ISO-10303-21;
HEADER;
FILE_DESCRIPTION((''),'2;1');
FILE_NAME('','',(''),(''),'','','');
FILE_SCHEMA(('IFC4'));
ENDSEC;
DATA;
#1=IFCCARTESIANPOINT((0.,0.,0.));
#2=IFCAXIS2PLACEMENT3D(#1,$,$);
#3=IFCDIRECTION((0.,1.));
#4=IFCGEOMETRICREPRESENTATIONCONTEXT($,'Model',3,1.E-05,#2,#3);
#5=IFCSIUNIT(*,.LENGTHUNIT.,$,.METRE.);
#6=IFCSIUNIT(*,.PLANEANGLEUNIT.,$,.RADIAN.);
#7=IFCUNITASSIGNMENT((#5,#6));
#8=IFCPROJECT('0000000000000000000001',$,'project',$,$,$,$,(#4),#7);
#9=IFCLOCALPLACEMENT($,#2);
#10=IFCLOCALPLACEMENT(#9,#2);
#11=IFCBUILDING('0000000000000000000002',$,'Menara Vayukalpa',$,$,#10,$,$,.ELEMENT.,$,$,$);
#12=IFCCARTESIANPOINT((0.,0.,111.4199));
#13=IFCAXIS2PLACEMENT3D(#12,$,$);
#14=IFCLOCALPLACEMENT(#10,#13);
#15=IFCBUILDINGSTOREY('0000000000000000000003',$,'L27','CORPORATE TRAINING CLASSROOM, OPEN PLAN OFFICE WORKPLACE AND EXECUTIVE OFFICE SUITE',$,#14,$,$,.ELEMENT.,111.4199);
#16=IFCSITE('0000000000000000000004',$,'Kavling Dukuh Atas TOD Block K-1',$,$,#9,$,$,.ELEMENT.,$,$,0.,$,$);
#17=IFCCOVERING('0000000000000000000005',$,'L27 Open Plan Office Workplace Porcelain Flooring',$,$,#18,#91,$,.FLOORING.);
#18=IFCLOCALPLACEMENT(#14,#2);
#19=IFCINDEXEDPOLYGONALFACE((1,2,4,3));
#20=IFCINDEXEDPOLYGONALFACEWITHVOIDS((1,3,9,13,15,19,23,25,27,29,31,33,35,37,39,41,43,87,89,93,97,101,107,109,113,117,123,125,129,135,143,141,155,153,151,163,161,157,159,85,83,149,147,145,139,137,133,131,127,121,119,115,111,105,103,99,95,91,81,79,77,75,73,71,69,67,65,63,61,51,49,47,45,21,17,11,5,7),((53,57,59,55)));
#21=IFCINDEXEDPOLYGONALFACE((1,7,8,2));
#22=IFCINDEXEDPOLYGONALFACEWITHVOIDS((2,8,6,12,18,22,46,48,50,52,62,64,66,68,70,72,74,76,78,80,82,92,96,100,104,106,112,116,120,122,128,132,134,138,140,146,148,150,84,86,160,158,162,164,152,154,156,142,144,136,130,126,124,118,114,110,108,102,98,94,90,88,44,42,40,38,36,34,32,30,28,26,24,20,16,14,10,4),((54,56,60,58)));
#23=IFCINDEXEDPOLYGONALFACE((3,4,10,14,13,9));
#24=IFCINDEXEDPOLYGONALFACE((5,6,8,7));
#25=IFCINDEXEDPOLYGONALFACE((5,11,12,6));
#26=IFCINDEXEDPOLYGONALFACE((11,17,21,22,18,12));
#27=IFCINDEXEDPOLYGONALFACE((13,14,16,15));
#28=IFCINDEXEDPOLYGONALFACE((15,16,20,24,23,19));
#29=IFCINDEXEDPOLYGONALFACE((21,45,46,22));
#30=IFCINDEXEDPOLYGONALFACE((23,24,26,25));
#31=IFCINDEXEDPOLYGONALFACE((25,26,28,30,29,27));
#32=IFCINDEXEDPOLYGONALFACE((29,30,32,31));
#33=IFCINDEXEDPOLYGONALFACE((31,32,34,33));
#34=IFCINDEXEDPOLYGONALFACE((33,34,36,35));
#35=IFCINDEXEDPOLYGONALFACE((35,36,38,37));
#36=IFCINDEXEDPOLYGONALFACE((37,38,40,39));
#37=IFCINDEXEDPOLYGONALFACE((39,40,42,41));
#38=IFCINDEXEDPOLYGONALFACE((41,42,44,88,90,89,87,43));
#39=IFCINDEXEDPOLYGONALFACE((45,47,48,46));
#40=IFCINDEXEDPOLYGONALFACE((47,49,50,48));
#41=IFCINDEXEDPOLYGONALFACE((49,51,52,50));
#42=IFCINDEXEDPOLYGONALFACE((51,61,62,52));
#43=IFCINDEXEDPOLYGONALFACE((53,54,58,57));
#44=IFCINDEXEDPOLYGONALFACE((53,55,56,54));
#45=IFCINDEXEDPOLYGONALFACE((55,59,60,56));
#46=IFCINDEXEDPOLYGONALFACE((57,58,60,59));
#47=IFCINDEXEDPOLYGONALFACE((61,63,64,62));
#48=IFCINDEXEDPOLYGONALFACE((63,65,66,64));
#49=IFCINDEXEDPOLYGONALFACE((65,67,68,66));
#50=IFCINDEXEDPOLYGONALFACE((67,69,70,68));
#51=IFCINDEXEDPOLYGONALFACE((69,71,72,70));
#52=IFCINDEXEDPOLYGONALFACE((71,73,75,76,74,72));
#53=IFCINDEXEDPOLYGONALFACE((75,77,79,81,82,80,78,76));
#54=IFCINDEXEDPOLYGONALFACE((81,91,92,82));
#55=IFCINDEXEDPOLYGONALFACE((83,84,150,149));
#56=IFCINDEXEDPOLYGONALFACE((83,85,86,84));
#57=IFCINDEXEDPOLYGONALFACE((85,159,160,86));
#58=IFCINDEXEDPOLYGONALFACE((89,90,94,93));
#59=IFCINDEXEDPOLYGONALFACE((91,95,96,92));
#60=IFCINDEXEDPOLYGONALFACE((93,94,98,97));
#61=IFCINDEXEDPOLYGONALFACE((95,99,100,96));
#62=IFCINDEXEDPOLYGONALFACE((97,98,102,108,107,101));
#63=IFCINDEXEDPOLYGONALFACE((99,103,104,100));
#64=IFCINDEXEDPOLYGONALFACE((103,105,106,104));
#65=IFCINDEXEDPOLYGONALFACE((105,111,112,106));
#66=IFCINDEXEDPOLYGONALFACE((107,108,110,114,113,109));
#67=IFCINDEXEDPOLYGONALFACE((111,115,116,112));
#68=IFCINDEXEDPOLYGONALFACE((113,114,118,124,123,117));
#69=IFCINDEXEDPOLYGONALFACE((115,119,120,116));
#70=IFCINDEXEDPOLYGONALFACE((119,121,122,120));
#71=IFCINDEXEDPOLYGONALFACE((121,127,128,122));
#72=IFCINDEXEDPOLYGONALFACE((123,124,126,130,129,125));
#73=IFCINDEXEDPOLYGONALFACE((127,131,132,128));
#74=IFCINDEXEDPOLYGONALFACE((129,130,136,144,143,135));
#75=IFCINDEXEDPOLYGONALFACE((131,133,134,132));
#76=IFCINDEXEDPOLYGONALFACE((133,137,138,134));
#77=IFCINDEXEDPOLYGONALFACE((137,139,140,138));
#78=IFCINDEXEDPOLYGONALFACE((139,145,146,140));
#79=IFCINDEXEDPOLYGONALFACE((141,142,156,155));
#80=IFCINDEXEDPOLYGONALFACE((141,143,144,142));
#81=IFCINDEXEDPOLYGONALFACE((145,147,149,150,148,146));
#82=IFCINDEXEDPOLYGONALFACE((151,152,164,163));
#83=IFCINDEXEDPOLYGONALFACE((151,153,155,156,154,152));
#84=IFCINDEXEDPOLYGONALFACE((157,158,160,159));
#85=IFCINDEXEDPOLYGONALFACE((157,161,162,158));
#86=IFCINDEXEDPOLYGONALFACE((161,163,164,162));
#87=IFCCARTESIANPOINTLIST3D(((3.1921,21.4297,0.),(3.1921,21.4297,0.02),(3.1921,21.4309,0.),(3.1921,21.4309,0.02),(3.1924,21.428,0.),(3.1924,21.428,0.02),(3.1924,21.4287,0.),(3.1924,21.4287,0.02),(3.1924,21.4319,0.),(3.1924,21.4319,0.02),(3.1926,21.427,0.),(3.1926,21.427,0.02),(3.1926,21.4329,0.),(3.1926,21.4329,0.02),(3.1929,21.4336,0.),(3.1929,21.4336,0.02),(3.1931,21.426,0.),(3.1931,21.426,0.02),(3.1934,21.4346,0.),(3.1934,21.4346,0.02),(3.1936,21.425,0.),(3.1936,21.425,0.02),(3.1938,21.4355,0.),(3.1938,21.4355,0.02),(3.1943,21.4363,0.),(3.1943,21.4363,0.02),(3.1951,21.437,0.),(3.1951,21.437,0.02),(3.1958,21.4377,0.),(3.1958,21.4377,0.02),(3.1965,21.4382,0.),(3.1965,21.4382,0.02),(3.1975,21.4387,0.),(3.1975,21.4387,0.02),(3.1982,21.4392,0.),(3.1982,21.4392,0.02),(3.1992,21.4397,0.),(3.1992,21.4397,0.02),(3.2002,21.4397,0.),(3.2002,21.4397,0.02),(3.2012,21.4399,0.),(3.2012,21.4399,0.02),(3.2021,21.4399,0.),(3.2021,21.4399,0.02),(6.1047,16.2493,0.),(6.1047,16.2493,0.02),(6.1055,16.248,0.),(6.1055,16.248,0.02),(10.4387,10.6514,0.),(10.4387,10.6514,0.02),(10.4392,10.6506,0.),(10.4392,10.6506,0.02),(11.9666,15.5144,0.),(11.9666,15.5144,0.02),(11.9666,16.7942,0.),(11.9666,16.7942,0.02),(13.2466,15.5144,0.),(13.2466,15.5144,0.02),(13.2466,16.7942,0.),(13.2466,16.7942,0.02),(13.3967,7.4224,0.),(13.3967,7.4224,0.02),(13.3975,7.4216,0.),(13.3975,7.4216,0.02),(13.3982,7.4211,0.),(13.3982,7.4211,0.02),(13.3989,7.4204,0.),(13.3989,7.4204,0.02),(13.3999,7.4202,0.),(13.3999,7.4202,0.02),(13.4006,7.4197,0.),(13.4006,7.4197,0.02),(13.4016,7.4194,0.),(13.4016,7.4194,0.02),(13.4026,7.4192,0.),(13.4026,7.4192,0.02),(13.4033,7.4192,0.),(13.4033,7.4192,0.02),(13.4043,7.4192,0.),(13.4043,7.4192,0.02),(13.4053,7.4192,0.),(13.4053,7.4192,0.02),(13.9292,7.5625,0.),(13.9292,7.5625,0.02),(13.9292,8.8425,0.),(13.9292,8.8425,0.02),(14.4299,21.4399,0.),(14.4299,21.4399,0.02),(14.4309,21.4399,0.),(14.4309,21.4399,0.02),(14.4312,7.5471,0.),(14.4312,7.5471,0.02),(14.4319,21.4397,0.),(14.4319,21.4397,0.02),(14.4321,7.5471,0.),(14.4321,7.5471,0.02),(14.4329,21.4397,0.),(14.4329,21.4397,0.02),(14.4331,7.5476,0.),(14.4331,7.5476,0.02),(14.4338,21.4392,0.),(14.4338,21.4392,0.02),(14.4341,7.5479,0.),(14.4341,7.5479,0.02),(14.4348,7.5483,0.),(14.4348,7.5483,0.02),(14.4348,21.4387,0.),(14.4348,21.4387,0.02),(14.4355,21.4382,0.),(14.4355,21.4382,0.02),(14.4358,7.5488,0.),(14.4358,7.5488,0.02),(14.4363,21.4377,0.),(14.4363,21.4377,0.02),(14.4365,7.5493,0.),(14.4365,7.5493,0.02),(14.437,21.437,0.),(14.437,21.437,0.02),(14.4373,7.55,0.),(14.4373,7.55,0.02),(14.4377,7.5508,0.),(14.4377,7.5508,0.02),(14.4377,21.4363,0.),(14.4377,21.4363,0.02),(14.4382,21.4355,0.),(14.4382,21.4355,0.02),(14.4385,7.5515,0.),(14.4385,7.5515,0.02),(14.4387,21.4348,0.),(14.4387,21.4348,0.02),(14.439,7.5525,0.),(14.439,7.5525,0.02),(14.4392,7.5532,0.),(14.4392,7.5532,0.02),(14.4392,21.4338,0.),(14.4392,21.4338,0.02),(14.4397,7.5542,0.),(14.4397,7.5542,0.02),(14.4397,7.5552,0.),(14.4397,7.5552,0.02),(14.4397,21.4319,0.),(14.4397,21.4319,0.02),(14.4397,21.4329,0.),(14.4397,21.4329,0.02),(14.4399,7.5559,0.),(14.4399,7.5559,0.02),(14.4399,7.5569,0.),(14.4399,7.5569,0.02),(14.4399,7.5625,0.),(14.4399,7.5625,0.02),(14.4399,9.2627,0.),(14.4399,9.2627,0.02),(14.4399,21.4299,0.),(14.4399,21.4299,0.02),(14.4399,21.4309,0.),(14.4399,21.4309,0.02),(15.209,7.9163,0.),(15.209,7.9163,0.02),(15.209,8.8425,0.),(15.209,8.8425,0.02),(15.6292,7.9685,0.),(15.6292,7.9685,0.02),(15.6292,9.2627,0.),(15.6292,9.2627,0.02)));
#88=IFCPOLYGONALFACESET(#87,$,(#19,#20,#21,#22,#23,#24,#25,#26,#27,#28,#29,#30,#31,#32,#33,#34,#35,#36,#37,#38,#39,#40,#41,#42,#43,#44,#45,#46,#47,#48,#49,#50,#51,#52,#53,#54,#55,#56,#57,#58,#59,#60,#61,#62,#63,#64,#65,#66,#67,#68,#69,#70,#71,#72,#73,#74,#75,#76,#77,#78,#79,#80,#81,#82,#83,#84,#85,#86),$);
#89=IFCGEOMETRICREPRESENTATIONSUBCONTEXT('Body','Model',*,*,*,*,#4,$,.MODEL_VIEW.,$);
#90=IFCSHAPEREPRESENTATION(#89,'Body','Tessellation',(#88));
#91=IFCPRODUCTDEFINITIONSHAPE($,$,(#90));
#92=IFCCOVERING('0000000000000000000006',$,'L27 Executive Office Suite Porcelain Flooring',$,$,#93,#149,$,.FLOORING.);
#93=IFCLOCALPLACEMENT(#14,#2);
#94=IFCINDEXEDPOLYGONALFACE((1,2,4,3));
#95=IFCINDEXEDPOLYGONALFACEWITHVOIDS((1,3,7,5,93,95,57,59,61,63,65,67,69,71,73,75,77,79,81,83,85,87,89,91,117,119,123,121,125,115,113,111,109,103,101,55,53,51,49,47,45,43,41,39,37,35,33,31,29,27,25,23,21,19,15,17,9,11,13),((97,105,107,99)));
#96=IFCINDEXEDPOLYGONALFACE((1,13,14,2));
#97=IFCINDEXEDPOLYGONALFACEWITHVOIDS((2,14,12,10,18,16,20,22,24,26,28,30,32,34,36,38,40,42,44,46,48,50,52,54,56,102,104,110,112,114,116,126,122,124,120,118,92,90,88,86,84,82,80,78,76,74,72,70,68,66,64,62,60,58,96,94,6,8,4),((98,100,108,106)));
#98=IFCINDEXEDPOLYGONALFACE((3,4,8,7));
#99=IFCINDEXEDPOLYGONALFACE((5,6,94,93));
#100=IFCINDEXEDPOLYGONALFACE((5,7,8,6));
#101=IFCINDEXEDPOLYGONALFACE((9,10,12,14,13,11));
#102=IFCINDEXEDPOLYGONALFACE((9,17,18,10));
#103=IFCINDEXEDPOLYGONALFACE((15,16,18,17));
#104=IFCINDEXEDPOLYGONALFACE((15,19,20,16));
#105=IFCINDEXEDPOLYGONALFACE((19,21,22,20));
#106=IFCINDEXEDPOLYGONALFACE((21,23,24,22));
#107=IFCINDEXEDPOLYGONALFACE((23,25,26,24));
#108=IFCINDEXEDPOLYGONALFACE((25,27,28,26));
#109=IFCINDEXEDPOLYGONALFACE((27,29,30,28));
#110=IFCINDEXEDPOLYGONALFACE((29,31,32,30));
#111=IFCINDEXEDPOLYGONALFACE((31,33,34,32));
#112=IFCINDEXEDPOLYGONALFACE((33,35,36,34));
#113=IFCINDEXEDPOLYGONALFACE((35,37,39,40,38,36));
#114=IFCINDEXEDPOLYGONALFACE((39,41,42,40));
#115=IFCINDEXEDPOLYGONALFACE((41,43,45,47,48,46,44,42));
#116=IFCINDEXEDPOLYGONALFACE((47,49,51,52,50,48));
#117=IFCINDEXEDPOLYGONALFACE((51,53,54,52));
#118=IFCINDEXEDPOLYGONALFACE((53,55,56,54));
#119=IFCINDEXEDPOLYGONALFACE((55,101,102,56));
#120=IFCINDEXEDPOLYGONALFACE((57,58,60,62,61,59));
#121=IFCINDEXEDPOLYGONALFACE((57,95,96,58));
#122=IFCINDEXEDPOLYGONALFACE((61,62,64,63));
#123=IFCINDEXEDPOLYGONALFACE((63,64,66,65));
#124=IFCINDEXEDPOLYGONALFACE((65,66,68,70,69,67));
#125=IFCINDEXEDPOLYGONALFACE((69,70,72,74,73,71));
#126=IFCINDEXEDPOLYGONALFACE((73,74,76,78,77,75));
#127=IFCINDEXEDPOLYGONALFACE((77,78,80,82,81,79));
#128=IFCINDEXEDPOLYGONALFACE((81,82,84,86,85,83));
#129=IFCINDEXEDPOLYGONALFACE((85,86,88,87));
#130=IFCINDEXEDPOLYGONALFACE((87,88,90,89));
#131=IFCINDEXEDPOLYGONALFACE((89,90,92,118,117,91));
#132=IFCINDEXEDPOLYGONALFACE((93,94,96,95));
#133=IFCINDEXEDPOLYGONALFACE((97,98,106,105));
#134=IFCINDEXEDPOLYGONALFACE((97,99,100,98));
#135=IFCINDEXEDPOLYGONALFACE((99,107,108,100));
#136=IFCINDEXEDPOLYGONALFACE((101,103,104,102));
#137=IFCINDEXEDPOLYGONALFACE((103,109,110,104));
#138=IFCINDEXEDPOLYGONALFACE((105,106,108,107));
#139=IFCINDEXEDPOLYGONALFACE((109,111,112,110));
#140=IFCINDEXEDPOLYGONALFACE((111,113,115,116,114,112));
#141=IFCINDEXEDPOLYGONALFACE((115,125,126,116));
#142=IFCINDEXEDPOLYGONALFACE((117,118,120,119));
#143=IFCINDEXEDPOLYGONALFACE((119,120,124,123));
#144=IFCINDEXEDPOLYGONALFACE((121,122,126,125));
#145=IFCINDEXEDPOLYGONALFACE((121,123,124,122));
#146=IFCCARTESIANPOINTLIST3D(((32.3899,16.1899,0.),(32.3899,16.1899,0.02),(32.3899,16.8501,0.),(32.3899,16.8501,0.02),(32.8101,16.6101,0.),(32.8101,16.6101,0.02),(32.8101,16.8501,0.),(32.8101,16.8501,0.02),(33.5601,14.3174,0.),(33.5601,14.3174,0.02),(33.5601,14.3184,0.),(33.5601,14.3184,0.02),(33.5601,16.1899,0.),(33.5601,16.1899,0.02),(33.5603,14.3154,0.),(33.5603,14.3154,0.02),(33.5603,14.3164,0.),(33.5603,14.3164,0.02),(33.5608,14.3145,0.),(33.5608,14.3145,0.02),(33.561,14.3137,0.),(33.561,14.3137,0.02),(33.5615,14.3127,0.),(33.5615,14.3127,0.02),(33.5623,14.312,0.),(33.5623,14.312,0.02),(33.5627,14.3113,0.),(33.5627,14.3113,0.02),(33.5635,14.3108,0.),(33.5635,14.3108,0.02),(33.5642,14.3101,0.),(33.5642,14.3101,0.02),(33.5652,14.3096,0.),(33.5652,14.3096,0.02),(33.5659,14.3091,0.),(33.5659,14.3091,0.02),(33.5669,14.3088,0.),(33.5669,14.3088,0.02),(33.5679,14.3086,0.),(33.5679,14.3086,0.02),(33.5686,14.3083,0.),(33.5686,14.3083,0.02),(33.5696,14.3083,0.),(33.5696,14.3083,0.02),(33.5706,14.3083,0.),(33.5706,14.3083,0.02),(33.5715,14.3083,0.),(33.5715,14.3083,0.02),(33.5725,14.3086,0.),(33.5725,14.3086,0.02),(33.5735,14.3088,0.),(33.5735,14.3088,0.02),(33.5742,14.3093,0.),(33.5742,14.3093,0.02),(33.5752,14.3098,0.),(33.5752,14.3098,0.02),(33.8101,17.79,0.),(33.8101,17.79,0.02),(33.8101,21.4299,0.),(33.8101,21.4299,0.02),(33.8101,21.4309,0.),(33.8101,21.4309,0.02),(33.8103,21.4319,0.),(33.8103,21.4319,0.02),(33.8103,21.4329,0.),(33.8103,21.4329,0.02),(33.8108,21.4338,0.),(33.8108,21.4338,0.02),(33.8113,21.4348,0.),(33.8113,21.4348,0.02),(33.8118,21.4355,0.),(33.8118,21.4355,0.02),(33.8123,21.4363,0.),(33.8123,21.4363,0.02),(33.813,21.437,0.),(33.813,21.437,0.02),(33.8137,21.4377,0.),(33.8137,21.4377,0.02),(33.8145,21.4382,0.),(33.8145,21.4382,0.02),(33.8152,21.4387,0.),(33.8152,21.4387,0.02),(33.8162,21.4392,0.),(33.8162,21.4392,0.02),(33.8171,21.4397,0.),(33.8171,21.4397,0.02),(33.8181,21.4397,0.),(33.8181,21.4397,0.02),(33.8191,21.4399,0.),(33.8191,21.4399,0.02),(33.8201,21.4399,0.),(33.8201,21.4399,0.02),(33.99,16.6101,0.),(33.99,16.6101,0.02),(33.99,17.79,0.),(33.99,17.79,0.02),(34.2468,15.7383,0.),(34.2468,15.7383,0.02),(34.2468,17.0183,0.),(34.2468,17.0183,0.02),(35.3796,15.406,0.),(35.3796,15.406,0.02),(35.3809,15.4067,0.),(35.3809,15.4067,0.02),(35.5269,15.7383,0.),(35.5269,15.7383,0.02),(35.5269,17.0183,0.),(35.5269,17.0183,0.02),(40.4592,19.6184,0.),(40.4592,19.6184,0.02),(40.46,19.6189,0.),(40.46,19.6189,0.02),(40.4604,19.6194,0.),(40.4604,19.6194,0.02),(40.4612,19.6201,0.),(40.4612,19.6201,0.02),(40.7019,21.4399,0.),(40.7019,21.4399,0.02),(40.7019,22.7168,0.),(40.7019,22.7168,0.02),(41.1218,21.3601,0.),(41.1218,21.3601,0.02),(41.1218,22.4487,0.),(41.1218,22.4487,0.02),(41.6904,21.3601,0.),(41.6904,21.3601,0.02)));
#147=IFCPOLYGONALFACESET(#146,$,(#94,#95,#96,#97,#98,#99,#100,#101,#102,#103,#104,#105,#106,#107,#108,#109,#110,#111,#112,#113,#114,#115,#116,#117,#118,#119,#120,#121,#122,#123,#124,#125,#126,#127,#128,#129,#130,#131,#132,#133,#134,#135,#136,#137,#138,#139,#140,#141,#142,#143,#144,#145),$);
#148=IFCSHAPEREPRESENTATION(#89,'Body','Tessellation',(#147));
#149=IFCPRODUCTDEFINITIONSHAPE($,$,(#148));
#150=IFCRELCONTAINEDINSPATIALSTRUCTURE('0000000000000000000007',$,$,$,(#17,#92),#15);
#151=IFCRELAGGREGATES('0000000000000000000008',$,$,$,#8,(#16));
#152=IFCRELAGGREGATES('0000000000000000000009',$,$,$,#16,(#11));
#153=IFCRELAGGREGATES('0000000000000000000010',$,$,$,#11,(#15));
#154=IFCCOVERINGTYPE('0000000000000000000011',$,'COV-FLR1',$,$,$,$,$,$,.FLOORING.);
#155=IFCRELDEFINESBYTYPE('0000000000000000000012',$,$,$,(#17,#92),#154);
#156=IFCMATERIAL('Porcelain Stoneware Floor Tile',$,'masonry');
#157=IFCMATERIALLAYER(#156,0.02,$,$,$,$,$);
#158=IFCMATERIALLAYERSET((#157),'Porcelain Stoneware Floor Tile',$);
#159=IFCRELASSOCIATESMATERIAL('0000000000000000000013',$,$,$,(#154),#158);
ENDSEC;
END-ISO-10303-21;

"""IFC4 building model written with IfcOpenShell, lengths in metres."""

from ifc_helpers import new_model, si_unit, direction, frame, origin, place, context, subcontext, project, spatial, polyline, outline, extrude, material, layer, layer_set, type_object, element, save


model = new_model("IFC4")

# Units and contexts
model_context = context("Model", 3, precision=1e-05, world=origin(), true_north=direction((0.0, 1.0)))
body_context = subcontext(model_context, "Body", "Model", "MODEL_VIEW")
ifc_project = project(units=[si_unit("LENGTHUNIT", "METRE"), si_unit("PLANEANGLEUNIT", "RADIAN")], contexts=[model_context])

# Site, building, storey
site_placement = place(None, origin())
site = spatial("IfcSite", under=ifc_project, at=site_placement, Name="Kavling Dukuh Atas TOD Block K-1", CompositionType="ELEMENT", RefElevation=0.0)
building_placement = place(site_placement, origin())
building = spatial("IfcBuilding", under=site, at=building_placement, Name="Menara Vayukalpa", CompositionType="ELEMENT")
storey_placement = place(building_placement, frame((0.0, 0.0, 111.4199)))
storey = spatial("IfcBuildingStorey", under=building, at=storey_placement, Name="L27", Description="CORPORATE TRAINING CLASSROOM, OPEN PLAN OFFICE WORKPLACE AND EXECUTIVE OFFICE SUITE", CompositionType="ELEMENT", Elevation=111.4199)

# Coverings
ifc_material_1 = material(Name="Porcelain Stoneware Floor Tile", Category="masonry")
ifc_layer_1 = layer(ifc_material_1, 0.02)
ifc_layer_set_1 = layer_set([ifc_layer_1], Name="Porcelain Stoneware Floor Tile")
covering_type_1 = type_object("IfcCoveringType", Name="COV-FLR1", PredefinedType="FLOORING", material=ifc_layer_set_1)
covering_1_placement = place(storey_placement, origin())
element("IfcCovering", 1, at=covering_1_placement, inside=storey, type_object=covering_type_1, Name="L27 Open Plan Office Workplace Porcelain Flooring", PredefinedType="FLOORING", context=body_context, shape_type="SweptSolid", body=[
    extrude(outline(polyline([(15.6292, 7.9685), (15.209, 7.9163), (15.209, 8.8425), (13.9292, 8.8425), (13.9292, 7.5625), (14.4399, 7.5625), (14.4399, 7.5569), (14.4399, 7.5559), (14.4397, 7.5552), (14.4397, 7.5542), (14.4392, 7.5532), (14.439, 7.5525), (14.4385, 7.5515), (14.4377, 7.5508), (14.4373, 7.55), (14.4365, 7.5493), (14.4358, 7.5488), (14.4348, 7.5483), (14.4341, 7.5479), (14.4331, 7.5476), (14.4321, 7.5471), (14.4312, 7.5471), (13.4053, 7.4192), (13.4043, 7.4192), (13.4033, 7.4192), (13.4026, 7.4192), (13.4016, 7.4194), (13.4006, 7.4197), (13.3999, 7.4202), (13.3989, 7.4204), (13.3982, 7.4211), (13.3975, 7.4216), (13.3967, 7.4224), (10.4392, 10.6506), (10.4387, 10.6514), (6.1055, 16.248), (6.1047, 16.2493), (3.1936, 21.425), (3.1931, 21.426), (3.1926, 21.427), (3.1924, 21.428), (3.1924, 21.4287), (3.1921, 21.4297), (3.1921, 21.4309), (3.1924, 21.4319), (3.1926, 21.4329), (3.1929, 21.4336), (3.1934, 21.4346), (3.1938, 21.4355), (3.1943, 21.4363), (3.1951, 21.437), (3.1958, 21.4377), (3.1965, 21.4382), (3.1975, 21.4387), (3.1982, 21.4392), (3.1992, 21.4397), (3.2002, 21.4397), (3.2012, 21.4399), (3.2021, 21.4399), (14.4299, 21.4399), (14.4309, 21.4399), (14.4319, 21.4397), (14.4329, 21.4397), (14.4338, 21.4392), (14.4348, 21.4387), (14.4355, 21.4382), (14.4363, 21.4377), (14.437, 21.437), (14.4377, 21.4363), (14.4382, 21.4355), (14.4387, 21.4348), (14.4392, 21.4338), (14.4397, 21.4329), (14.4397, 21.4319), (14.4399, 21.4309), (14.4399, 21.4299), (14.4399, 9.2627), (15.6292, 9.2627), (15.6292, 7.9685)]), holes=[polyline([(13.2466, 16.7942), (11.9666, 16.7942), (11.9666, 15.5144), (13.2466, 15.5144), (13.2466, 16.7942)])]), origin(), (0.0, 0.0, 1.0), 0.02),
])
covering_2_placement = place(storey_placement, origin())
element("IfcCovering", 2, at=covering_2_placement, inside=storey, type_object=covering_type_1, Name="L27 Executive Office Suite Porcelain Flooring", PredefinedType="FLOORING", context=body_context, shape_type="SweptSolid", body=[
    extrude(outline(polyline([(32.3899, 16.8501), (32.8101, 16.8501), (32.8101, 16.6101), (33.99, 16.6101), (33.99, 17.79), (33.8101, 17.79), (33.8101, 21.4299), (33.8101, 21.4309), (33.8103, 21.4319), (33.8103, 21.4329), (33.8108, 21.4338), (33.8113, 21.4348), (33.8118, 21.4355), (33.8123, 21.4363), (33.813, 21.437), (33.8137, 21.4377), (33.8145, 21.4382), (33.8152, 21.4387), (33.8162, 21.4392), (33.8171, 21.4397), (33.8181, 21.4397), (33.8191, 21.4399), (33.8201, 21.4399), (40.7019, 21.4399), (40.7019, 22.7168), (41.1218, 22.4487), (41.1218, 21.3601), (41.6904, 21.3601), (40.4612, 19.6201), (40.4604, 19.6194), (40.46, 19.6189), (40.4592, 19.6184), (35.3809, 15.4067), (35.3796, 15.406), (33.5752, 14.3098), (33.5742, 14.3093), (33.5735, 14.3088), (33.5725, 14.3086), (33.5715, 14.3083), (33.5706, 14.3083), (33.5696, 14.3083), (33.5686, 14.3083), (33.5679, 14.3086), (33.5669, 14.3088), (33.5659, 14.3091), (33.5652, 14.3096), (33.5642, 14.3101), (33.5635, 14.3108), (33.5627, 14.3113), (33.5623, 14.312), (33.5615, 14.3127), (33.561, 14.3137), (33.5608, 14.3145), (33.5603, 14.3154), (33.5603, 14.3164), (33.5601, 14.3174), (33.5601, 14.3184), (33.5601, 16.1899), (32.3899, 16.1899), (32.3899, 16.8501)]), holes=[polyline([(35.5269, 17.0183), (34.2468, 17.0183), (34.2468, 15.7383), (35.5269, 15.7383), (35.5269, 17.0183)])]), origin(), (0.0, 0.0, 1.0), 0.02),
])

save(model, "model.ifc")
